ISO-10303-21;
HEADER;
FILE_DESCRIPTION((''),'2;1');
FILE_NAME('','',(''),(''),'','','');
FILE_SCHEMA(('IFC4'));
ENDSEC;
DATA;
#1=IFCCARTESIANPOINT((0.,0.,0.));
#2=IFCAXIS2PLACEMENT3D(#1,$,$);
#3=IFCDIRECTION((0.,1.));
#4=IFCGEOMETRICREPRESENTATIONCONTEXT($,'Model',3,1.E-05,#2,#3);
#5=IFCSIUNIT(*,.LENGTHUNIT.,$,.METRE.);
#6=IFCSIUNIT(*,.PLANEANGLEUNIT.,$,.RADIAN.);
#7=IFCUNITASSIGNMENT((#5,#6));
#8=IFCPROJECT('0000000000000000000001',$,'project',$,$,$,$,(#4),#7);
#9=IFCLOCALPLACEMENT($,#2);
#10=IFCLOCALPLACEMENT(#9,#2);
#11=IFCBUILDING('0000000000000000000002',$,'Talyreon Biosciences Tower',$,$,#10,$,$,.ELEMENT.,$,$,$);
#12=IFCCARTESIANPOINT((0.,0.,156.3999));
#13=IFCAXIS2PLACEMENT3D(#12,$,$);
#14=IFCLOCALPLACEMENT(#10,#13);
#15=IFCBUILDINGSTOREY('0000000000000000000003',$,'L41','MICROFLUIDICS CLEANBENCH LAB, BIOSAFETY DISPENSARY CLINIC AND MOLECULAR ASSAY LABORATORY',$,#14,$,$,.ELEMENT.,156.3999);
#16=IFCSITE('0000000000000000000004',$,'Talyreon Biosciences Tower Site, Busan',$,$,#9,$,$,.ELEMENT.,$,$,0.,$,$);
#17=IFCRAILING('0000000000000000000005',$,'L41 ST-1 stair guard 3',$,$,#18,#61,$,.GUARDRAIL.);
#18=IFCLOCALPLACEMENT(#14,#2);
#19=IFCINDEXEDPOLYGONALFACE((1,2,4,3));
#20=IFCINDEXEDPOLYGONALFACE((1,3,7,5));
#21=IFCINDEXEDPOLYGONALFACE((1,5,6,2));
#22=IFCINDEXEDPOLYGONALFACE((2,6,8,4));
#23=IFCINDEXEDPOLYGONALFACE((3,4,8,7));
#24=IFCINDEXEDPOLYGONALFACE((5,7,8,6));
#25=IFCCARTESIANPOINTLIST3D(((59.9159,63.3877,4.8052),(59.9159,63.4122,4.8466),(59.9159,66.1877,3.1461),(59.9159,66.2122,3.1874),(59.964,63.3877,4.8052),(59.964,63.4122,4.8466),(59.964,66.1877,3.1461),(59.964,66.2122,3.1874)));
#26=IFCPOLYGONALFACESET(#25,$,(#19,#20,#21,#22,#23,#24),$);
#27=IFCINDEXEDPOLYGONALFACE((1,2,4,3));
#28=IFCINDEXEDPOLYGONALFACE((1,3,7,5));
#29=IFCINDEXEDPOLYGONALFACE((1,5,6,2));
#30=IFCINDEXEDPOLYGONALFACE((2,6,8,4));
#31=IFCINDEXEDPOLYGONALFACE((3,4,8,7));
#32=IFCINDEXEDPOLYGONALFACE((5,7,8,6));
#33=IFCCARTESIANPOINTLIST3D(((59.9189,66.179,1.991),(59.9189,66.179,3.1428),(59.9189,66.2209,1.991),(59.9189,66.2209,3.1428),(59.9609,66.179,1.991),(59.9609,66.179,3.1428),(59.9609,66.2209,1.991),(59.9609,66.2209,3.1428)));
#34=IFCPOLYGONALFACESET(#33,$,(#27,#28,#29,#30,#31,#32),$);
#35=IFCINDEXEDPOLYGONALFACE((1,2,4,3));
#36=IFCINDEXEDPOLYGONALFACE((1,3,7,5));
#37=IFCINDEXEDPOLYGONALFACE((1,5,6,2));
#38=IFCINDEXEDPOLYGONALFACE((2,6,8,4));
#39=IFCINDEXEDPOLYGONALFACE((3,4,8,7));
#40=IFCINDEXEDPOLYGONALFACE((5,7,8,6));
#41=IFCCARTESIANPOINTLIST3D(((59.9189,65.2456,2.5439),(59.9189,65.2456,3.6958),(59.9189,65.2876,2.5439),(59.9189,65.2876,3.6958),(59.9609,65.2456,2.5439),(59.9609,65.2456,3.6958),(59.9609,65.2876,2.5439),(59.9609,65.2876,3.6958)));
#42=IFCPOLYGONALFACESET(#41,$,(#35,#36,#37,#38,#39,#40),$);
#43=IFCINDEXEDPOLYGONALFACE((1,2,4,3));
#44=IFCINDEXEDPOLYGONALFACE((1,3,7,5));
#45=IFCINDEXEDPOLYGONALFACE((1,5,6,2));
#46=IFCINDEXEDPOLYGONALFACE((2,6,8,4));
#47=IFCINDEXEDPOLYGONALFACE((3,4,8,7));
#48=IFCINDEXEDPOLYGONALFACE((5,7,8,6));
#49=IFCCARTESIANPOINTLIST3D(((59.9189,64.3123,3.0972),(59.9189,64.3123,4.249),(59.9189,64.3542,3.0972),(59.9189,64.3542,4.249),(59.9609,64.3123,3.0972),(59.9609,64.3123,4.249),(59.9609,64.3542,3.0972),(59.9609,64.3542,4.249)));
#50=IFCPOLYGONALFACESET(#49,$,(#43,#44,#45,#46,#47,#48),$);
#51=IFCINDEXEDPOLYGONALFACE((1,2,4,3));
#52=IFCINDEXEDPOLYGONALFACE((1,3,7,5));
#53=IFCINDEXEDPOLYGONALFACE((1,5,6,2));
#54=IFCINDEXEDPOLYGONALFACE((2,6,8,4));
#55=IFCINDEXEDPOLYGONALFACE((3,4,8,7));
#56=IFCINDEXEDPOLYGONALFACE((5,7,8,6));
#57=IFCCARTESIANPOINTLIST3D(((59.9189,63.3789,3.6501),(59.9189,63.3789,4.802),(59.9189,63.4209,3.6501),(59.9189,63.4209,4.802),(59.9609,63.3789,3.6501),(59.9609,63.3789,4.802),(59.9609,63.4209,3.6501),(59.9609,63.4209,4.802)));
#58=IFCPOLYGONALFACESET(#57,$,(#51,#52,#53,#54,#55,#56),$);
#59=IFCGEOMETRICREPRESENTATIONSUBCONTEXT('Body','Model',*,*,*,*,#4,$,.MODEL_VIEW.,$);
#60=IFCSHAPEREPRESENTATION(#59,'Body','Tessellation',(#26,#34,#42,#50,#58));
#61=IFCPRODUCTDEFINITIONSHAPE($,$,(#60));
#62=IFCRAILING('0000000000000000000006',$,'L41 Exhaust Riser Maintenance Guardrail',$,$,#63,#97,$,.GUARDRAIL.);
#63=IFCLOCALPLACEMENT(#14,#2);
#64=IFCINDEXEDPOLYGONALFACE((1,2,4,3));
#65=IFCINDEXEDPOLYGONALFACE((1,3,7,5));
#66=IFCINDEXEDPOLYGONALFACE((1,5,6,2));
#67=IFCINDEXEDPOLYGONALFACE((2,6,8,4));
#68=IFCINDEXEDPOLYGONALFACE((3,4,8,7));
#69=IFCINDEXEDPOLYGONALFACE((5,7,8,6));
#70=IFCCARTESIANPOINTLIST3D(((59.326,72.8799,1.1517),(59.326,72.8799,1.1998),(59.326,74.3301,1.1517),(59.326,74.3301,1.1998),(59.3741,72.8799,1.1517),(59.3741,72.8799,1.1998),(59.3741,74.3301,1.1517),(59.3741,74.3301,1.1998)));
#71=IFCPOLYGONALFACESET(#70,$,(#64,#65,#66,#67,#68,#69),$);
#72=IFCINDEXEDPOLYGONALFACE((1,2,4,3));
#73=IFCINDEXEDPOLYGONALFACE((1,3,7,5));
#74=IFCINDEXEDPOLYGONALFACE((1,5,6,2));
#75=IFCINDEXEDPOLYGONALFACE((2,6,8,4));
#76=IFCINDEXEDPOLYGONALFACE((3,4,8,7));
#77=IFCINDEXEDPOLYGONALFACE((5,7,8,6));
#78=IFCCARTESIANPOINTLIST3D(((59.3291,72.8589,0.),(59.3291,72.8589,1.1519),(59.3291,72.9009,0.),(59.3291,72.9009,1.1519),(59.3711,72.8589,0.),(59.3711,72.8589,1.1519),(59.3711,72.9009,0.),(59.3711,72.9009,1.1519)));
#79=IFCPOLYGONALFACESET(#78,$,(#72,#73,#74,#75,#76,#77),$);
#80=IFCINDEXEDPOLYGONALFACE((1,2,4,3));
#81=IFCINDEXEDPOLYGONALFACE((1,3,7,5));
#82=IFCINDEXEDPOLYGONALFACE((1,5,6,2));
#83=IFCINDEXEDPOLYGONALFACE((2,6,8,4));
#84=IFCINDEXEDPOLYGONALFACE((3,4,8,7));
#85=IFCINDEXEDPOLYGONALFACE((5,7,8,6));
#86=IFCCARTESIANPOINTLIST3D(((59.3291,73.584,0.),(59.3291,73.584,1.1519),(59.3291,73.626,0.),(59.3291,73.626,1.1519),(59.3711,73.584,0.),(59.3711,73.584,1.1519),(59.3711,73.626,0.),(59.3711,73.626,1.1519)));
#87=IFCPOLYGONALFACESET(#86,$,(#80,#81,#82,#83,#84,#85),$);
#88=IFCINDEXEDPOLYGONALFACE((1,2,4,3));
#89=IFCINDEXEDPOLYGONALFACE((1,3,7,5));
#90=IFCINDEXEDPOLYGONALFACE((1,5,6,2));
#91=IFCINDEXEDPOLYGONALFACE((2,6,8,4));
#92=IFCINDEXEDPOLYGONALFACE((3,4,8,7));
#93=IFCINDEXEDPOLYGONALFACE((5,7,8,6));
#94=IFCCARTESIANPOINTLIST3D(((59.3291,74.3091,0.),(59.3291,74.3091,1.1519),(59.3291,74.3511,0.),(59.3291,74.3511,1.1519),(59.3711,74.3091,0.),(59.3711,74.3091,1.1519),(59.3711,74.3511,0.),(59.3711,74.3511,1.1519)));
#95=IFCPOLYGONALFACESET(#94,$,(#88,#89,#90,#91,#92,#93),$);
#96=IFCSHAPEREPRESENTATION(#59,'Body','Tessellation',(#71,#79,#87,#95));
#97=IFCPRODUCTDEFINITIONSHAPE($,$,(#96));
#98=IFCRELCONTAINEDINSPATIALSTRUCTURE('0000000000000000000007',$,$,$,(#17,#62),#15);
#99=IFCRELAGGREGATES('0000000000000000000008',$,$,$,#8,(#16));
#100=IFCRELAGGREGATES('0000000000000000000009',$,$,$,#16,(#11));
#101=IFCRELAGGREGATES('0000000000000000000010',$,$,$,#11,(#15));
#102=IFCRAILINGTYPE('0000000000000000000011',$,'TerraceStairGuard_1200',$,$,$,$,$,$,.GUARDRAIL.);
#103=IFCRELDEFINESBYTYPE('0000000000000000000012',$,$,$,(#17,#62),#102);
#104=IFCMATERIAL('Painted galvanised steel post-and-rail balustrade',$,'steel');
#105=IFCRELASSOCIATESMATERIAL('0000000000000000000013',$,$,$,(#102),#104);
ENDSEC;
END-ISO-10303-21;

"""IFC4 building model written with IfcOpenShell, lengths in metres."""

from ifc_helpers import new_model, si_unit, direction, frame, origin, origin_2d, place, context, subcontext, project, spatial, rectangle, extrude, material, type_object, element, save


model = new_model("IFC4")

# Units and contexts
model_context = context("Model", 3, precision=1e-05, world=origin(), true_north=direction((0.0, 1.0)))
body_context = subcontext(model_context, "Body", "Model", "MODEL_VIEW")
ifc_project = project(units=[si_unit("LENGTHUNIT", "METRE"), si_unit("PLANEANGLEUNIT", "RADIAN")], contexts=[model_context])

# Site, building, storey
site_placement = place(None, origin())
site = spatial("IfcSite", under=ifc_project, at=site_placement, Name="Talyreon Biosciences Tower Site, Busan", CompositionType="ELEMENT", RefElevation=0.0)
building_placement = place(site_placement, origin())
building = spatial("IfcBuilding", under=site, at=building_placement, Name="Talyreon Biosciences Tower", CompositionType="ELEMENT")
storey_placement = place(building_placement, frame((0.0, 0.0, 156.3999)))
storey = spatial("IfcBuildingStorey", under=building, at=storey_placement, Name="L41", Description="MICROFLUIDICS CLEANBENCH LAB, BIOSAFETY DISPENSARY CLINIC AND MOLECULAR ASSAY LABORATORY", CompositionType="ELEMENT", Elevation=156.3999)

# Railings
ifc_material_1 = material(Name="Painted galvanised steel post-and-rail balustrade", Category="steel")
railing_type_1 = type_object("IfcRailingType", Name="TerraceStairGuard_1200", PredefinedType="GUARDRAIL", material=ifc_material_1)
railing_1_placement = place(storey_placement, frame((59.9399, 66.2, 1.991)))
element("IfcRailing", 1, at=railing_1_placement, inside=storey, type_object=railing_type_1, Name="L41 ST-1 stair guard 3", PredefinedType="GUARDRAIL", context=body_context, shape_type="SweptSolid", body=[
    extrude(rectangle(XDim=0.0481, YDim=0.0481, at=origin_2d()), frame((0.0, 0.0, 1.1758), z_axis=(0.0, -0.860306, 0.509778), x_axis=(1.0, 0.0, 0.0)), (0.0, 0.0, 1.0), 3.2546),
    extrude(rectangle(XDim=0.042, YDim=0.042, at=origin_2d()), origin(), (0.0, 0.0, 1.0), 1.1519),
    extrude(rectangle(XDim=0.042, YDim=0.042, at=origin_2d()), frame((0.0, -0.9333, 0.553)), (0.0, 0.0, 1.0), 1.1519),
    extrude(rectangle(XDim=0.042, YDim=0.042, at=origin_2d()), frame((0.0, -1.8667, 1.1062)), (0.0, 0.0, 1.0), 1.1519),
    extrude(rectangle(XDim=0.042, YDim=0.042, at=origin_2d()), frame((0.0, -2.8, 1.6592)), (0.0, 0.0, 1.0), 1.1519),
])
railing_2_placement = place(storey_placement, frame((59.3501, 72.8799, 0.0)))
element("IfcRailing", 2, at=railing_2_placement, inside=storey, type_object=railing_type_1, Name="L41 Exhaust Riser Maintenance Guardrail", PredefinedType="GUARDRAIL", context=body_context, shape_type="SweptSolid", body=[
    extrude(rectangle(XDim=0.0481, YDim=0.0481, at=origin_2d()), frame((0.0, 0.0, 1.1758), z_axis=(0.0, 1.0, 0.0), x_axis=(-1.0, 0.0, 0.0)), (0.0, 0.0, 1.0), 1.4502),
    extrude(rectangle(XDim=0.042, YDim=0.042, at=origin_2d()), origin(), (0.0, 0.0, 1.0), 1.1519),
    extrude(rectangle(XDim=0.042, YDim=0.042, at=origin_2d()), frame((0.0, 0.7251, 0.0)), (0.0, 0.0, 1.0), 1.1519),
    extrude(rectangle(XDim=0.042, YDim=0.042, at=origin_2d()), frame((0.0, 1.4502, 0.0)), (0.0, 0.0, 1.0), 1.1519),
])

save(model, "model.ifc")
